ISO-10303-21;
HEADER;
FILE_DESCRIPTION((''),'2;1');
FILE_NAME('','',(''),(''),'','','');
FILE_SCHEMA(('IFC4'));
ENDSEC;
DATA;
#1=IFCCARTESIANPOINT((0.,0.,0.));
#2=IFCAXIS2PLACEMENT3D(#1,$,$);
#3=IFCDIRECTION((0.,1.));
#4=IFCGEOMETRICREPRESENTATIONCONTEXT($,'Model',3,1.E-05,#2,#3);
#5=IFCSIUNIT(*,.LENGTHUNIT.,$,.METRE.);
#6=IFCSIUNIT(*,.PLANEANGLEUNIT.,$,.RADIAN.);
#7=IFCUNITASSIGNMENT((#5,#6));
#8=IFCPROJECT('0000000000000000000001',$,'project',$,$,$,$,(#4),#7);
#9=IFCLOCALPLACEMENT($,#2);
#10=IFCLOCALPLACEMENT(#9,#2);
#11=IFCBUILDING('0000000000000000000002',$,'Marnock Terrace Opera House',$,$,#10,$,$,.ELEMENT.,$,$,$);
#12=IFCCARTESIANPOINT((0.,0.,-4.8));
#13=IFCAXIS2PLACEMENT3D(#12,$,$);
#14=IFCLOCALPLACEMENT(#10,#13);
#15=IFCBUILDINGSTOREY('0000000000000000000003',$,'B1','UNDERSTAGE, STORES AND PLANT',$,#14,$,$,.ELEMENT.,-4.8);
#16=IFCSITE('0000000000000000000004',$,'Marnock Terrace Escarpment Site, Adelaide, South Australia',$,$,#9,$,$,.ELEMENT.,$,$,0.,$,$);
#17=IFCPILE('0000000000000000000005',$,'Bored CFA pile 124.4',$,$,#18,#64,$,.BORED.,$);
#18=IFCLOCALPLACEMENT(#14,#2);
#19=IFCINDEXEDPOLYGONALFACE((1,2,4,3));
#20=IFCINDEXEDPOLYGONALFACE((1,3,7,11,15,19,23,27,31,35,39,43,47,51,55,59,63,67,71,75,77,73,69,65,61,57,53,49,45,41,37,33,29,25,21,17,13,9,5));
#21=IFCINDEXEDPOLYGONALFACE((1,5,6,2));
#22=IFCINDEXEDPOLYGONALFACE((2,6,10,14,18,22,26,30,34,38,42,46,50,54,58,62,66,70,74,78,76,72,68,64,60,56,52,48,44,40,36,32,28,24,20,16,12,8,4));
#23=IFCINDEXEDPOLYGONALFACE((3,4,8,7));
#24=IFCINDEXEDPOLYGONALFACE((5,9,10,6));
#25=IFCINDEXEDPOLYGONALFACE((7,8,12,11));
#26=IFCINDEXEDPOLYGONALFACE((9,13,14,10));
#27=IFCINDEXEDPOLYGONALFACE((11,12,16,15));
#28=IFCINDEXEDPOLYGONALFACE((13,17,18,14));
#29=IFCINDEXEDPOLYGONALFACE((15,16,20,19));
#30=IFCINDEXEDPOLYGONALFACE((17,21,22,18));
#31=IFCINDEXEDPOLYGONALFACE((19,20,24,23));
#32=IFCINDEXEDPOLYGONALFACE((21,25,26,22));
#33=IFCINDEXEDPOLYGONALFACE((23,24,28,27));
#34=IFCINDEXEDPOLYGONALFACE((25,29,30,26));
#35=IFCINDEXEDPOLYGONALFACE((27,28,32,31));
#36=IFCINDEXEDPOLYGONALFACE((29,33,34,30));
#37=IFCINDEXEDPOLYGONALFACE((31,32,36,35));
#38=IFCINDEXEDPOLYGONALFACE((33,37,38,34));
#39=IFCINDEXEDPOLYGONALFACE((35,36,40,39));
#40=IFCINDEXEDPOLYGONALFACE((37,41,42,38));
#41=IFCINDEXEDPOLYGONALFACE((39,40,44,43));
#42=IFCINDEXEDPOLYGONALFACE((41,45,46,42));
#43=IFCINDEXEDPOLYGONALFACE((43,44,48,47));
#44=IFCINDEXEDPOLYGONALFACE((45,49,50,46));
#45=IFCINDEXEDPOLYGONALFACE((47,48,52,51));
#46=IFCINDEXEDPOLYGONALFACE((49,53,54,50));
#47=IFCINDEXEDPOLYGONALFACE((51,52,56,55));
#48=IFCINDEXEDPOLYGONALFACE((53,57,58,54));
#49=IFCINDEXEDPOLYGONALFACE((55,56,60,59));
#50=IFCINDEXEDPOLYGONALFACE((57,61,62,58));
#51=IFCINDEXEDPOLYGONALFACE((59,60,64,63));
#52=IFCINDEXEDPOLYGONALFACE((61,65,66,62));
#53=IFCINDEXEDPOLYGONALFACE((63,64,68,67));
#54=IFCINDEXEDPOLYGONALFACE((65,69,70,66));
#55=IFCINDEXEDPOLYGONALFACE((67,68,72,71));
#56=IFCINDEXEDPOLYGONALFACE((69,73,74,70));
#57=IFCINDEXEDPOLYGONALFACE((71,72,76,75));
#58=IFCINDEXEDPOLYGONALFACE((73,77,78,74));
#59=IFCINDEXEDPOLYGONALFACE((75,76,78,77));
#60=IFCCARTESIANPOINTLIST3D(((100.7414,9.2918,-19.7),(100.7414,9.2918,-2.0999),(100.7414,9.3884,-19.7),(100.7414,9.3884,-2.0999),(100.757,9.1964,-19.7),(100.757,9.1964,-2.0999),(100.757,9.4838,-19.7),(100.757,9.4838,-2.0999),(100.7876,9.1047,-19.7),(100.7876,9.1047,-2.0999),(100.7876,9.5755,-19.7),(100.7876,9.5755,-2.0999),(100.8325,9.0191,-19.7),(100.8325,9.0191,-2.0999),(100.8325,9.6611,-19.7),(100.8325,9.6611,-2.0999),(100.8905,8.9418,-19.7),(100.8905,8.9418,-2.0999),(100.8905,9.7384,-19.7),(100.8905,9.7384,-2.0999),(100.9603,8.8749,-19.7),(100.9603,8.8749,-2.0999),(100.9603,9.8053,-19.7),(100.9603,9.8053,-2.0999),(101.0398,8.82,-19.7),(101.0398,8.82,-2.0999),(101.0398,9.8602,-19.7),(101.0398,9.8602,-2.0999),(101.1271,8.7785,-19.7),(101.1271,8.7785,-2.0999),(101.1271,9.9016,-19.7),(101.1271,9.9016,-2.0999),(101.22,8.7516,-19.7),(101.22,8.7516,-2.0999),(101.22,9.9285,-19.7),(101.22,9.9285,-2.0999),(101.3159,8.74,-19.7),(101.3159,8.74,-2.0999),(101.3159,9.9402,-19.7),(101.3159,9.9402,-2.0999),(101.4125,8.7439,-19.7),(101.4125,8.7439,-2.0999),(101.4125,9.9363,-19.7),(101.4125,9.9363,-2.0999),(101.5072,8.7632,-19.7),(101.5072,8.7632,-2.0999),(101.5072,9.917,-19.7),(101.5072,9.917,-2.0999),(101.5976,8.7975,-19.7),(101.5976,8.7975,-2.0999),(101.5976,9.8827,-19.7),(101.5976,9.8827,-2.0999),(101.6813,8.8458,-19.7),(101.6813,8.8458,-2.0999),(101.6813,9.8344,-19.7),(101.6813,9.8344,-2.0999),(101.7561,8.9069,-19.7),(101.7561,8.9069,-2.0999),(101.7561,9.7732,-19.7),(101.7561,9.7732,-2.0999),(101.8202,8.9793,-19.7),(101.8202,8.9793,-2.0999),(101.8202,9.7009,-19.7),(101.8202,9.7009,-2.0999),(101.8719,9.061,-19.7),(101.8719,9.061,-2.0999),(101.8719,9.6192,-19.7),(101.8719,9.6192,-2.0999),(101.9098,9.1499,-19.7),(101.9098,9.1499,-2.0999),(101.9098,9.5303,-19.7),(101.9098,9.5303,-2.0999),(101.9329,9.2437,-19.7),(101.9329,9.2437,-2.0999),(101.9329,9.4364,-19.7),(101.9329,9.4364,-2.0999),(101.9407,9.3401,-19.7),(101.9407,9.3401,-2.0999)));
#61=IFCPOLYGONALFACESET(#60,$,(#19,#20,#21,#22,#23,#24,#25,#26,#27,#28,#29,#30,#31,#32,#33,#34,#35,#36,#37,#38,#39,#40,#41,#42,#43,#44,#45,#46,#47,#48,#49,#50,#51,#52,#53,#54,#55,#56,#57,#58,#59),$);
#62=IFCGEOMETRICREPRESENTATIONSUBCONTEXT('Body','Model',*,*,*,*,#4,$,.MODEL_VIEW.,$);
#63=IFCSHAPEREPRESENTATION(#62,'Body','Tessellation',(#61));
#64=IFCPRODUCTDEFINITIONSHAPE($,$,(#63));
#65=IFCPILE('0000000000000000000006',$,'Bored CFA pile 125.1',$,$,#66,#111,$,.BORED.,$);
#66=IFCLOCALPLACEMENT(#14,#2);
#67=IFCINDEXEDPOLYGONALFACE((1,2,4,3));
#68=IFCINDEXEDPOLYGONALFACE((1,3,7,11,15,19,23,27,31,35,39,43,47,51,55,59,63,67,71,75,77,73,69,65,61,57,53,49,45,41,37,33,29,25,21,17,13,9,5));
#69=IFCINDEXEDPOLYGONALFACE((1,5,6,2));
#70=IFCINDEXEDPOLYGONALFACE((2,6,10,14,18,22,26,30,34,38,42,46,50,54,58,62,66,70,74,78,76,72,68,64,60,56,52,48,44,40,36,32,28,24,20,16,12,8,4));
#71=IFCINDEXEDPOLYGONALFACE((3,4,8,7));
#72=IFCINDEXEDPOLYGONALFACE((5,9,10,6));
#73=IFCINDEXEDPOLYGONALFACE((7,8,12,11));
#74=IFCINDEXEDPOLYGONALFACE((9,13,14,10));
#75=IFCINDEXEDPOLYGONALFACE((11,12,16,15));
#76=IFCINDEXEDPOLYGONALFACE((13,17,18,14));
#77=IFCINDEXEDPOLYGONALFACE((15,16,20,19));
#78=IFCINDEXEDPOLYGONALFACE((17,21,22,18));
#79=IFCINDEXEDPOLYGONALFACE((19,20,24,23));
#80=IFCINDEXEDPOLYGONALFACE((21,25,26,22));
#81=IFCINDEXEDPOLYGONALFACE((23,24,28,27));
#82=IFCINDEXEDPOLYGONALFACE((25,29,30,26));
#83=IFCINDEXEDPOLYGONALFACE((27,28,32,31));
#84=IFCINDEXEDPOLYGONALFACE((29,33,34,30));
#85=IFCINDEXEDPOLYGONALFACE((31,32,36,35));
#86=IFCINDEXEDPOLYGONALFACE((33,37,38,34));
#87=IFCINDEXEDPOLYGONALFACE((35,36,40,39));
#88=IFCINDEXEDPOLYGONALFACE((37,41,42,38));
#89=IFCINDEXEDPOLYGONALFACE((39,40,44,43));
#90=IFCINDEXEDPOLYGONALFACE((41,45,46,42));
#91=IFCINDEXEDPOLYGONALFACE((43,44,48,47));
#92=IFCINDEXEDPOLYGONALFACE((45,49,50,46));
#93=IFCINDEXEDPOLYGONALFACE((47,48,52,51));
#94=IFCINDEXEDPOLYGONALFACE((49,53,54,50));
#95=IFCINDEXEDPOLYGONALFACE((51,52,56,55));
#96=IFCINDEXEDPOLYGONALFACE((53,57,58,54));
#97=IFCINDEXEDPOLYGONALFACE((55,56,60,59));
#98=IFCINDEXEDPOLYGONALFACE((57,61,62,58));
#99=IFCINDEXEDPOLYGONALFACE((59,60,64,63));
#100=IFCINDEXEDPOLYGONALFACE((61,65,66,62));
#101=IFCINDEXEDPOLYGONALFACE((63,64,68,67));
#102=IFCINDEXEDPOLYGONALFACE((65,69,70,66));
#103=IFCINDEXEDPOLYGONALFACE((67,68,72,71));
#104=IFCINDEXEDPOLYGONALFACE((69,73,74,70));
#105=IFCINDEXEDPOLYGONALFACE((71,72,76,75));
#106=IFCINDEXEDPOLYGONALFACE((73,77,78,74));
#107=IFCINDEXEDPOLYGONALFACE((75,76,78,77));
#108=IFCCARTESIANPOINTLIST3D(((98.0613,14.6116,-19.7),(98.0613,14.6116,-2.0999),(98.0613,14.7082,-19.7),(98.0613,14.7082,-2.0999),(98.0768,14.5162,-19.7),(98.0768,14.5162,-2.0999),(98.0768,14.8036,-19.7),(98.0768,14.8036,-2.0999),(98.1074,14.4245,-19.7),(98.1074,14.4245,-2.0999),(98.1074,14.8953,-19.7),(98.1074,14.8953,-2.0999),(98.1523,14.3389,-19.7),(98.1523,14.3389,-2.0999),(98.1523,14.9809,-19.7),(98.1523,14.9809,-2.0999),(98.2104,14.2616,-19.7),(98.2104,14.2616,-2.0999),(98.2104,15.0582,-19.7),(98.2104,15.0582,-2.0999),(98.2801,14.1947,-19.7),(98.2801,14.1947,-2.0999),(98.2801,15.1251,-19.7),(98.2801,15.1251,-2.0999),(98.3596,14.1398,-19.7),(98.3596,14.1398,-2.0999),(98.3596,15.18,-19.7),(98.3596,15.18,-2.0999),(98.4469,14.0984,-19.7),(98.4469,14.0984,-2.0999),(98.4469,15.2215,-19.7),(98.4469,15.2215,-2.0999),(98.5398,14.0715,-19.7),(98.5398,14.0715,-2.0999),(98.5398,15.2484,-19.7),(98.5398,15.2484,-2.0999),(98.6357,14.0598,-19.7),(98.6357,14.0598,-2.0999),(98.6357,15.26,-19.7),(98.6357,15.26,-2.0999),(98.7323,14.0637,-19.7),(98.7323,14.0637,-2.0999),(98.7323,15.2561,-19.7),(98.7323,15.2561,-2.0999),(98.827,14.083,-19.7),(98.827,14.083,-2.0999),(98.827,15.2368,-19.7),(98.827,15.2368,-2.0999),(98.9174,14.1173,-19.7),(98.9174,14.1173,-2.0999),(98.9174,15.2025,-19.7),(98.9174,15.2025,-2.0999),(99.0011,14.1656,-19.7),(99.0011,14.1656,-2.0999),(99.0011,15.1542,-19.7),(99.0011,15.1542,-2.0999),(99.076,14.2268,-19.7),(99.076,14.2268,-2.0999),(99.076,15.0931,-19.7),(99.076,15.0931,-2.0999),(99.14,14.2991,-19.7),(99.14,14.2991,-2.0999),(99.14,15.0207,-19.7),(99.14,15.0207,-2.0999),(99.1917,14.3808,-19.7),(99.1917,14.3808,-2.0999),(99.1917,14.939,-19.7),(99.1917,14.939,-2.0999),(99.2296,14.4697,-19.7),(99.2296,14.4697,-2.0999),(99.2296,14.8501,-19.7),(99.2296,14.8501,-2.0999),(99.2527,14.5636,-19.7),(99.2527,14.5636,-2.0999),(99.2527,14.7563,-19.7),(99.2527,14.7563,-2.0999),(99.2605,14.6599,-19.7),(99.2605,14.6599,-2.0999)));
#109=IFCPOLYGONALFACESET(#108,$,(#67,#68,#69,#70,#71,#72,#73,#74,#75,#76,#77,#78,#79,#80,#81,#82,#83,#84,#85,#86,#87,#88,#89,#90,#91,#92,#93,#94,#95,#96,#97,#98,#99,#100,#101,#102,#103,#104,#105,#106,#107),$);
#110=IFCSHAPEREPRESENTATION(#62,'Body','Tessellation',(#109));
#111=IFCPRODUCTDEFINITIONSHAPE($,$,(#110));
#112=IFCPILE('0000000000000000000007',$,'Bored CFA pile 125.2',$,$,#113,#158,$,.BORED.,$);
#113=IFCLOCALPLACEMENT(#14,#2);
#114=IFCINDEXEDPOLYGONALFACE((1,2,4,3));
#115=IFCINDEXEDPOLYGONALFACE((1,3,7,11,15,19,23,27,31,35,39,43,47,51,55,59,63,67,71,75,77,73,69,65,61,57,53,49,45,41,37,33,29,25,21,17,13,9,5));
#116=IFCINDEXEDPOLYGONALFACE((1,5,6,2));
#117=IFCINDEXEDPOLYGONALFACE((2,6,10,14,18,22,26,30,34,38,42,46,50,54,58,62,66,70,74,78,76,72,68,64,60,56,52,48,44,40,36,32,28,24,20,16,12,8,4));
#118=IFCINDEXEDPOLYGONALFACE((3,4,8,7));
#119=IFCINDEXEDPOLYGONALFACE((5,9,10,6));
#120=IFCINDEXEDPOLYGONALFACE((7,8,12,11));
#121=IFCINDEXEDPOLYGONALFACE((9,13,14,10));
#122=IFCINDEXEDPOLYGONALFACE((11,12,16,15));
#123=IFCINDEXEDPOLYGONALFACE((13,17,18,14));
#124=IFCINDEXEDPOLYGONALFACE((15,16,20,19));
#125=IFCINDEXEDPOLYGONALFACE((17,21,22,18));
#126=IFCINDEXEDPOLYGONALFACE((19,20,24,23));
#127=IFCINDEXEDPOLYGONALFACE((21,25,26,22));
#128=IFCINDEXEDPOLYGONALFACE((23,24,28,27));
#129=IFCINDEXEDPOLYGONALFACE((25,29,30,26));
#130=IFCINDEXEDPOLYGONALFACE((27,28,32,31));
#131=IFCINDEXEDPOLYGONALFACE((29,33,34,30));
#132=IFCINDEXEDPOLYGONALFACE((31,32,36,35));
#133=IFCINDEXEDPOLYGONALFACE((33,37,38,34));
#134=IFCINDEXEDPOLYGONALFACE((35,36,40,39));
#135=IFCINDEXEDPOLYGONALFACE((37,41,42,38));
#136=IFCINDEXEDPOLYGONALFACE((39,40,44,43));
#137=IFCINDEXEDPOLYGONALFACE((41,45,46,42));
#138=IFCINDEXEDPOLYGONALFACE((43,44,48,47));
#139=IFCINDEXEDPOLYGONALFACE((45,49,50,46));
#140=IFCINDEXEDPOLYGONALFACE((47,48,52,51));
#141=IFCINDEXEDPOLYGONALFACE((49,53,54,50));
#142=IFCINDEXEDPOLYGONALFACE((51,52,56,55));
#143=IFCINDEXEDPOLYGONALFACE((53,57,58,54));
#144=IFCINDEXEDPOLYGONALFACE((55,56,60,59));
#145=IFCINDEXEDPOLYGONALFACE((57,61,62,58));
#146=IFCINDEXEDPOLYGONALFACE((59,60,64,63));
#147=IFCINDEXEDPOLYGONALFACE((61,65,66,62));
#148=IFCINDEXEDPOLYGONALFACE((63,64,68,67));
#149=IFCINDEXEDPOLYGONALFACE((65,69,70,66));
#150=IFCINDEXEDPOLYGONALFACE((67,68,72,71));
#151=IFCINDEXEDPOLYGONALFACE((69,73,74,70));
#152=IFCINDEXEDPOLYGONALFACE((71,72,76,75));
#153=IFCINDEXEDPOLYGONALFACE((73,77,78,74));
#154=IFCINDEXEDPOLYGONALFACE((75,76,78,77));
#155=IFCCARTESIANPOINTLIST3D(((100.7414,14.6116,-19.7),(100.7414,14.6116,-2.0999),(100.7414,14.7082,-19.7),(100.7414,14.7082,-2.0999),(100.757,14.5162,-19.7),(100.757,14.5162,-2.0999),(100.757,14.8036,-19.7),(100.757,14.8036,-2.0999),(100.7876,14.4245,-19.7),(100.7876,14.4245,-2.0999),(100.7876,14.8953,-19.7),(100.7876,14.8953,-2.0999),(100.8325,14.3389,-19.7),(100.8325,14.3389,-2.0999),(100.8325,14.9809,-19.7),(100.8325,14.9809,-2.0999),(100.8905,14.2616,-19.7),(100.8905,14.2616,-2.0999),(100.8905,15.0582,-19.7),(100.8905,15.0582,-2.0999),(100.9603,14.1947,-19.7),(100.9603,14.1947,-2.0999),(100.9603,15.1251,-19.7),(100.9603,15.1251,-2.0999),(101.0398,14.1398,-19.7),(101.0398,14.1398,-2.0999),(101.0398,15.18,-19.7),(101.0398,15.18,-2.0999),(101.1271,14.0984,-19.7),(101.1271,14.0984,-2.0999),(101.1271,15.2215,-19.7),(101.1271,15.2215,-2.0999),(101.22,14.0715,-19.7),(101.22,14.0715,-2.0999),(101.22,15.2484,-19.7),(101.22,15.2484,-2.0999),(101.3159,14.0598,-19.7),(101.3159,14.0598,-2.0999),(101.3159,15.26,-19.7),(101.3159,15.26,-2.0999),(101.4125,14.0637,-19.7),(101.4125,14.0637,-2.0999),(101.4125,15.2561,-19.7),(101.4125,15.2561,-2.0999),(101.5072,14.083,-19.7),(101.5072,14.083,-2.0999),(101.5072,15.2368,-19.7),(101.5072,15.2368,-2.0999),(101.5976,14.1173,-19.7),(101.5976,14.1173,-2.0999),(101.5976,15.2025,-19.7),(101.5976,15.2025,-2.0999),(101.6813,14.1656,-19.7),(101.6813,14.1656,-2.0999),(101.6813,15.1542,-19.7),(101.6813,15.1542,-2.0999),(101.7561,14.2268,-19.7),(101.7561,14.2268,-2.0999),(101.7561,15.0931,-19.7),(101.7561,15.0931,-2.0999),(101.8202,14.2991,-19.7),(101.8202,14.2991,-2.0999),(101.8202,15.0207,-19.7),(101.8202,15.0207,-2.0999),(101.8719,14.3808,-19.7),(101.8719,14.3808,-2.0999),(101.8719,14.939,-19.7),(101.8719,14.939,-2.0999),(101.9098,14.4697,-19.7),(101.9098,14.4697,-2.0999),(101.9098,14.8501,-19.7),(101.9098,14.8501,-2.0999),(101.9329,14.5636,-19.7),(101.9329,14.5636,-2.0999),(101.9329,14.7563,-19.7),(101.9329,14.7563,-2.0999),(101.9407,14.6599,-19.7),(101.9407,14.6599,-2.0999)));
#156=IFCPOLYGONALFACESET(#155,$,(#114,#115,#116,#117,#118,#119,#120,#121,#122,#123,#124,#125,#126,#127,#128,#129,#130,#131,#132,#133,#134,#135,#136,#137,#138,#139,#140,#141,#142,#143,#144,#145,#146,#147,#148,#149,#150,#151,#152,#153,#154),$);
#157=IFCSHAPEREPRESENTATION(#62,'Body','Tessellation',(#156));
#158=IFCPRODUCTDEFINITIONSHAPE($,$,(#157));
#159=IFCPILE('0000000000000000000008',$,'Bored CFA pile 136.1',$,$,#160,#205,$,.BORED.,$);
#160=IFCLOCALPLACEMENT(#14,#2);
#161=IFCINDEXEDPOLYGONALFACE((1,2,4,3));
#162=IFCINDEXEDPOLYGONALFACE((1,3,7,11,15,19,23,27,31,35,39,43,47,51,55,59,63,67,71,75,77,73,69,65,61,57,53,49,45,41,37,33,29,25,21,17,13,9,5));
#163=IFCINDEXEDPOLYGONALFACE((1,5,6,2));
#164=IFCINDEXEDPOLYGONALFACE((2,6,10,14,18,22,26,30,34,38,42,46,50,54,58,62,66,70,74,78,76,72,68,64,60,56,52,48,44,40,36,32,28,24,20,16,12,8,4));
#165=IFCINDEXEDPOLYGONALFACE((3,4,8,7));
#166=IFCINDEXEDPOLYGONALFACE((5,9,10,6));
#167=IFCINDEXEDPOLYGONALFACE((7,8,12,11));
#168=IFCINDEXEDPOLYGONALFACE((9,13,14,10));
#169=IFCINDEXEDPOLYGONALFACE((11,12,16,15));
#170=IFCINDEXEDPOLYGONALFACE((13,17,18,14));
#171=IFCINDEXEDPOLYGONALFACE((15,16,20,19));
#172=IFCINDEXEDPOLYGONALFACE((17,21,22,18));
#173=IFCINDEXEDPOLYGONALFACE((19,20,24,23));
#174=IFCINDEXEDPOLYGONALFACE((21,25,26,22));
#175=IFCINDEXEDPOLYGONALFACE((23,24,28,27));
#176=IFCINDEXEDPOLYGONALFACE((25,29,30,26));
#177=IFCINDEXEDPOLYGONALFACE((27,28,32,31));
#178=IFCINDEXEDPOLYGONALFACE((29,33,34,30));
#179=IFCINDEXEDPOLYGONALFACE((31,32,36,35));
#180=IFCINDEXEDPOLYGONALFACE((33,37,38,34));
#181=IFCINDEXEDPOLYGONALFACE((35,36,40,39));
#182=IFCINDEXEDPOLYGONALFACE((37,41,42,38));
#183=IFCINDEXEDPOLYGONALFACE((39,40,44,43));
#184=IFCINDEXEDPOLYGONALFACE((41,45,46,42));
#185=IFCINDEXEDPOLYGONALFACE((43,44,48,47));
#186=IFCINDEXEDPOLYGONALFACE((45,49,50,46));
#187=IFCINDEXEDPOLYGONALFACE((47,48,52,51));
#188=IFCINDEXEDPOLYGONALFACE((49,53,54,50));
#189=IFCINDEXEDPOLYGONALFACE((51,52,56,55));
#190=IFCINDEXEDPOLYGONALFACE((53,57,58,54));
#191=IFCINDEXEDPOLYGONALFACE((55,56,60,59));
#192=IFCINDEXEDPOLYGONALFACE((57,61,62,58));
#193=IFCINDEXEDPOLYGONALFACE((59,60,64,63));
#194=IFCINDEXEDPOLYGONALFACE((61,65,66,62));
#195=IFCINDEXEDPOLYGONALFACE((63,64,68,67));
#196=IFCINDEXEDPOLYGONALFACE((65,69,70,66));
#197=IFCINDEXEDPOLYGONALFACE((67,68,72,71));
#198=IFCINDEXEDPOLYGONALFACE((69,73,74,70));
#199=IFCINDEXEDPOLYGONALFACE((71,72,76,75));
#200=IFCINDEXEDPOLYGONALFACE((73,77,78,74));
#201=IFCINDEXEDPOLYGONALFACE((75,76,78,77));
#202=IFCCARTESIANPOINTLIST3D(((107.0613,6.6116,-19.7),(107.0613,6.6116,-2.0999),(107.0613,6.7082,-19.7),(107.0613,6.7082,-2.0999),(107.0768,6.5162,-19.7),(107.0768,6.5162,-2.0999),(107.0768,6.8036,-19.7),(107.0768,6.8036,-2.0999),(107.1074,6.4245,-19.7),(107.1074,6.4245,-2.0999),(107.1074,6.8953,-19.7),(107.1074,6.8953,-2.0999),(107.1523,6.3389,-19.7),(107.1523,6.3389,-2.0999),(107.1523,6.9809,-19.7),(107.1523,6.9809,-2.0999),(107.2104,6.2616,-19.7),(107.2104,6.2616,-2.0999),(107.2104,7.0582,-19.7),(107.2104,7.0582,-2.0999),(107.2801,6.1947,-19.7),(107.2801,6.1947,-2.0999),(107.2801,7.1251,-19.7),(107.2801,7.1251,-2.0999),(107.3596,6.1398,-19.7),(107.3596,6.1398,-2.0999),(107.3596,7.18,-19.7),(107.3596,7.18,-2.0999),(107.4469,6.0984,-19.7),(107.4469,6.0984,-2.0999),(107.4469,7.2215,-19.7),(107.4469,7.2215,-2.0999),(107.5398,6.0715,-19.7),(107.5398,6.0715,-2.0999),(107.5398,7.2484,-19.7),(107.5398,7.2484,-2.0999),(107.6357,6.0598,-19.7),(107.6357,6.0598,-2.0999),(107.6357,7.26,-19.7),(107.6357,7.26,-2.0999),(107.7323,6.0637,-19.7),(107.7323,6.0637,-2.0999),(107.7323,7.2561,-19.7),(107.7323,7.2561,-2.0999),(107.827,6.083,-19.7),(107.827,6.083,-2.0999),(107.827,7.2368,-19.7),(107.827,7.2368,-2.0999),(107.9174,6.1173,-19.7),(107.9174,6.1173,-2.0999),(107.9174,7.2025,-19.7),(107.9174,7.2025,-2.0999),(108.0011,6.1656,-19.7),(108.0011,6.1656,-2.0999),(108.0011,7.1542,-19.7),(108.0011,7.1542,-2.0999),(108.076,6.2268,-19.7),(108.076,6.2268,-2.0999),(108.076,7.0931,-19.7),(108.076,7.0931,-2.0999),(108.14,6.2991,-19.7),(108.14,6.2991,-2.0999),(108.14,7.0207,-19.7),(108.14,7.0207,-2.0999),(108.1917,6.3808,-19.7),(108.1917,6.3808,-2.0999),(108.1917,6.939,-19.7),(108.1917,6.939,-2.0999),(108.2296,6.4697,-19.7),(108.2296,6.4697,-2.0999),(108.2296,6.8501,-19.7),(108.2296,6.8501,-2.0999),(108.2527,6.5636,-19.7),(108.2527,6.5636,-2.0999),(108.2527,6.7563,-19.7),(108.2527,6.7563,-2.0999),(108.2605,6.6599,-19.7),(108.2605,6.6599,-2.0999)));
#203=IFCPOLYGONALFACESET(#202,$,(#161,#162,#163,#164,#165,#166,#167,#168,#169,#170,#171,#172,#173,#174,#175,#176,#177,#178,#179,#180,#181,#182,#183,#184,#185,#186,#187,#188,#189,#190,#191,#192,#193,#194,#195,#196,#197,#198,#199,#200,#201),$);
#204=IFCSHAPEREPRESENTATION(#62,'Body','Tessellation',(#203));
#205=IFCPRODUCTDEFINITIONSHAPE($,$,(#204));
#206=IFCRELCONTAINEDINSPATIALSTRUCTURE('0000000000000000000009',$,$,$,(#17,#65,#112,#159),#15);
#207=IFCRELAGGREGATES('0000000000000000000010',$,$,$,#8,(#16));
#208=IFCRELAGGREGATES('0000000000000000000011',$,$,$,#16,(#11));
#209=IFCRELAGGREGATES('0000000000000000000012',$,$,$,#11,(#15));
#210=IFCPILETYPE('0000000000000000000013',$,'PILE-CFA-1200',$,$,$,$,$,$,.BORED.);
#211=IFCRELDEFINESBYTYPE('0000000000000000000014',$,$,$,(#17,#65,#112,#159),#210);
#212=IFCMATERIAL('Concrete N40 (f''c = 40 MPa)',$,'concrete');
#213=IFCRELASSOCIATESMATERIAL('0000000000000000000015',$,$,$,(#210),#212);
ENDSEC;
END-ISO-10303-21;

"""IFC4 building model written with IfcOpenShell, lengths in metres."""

from ifc_helpers import new_model, si_unit, direction, frame, origin, origin_2d, place, context, subcontext, project, spatial, circle, extrude, material, material_profile, profile_set, type_object, element, save


model = new_model("IFC4")

# Units and contexts
model_context = context("Model", 3, precision=1e-05, world=origin(), true_north=direction((0.0, 1.0)))
body_context = subcontext(model_context, "Body", "Model", "MODEL_VIEW")
ifc_project = project(units=[si_unit("LENGTHUNIT", "METRE"), si_unit("PLANEANGLEUNIT", "RADIAN")], contexts=[model_context])

# Site, building, storey
site_placement = place(None, origin())
site = spatial("IfcSite", under=ifc_project, at=site_placement, Name="Marnock Terrace Escarpment Site, Adelaide, South Australia", CompositionType="ELEMENT", RefElevation=0.0)
building_placement = place(site_placement, origin())
building = spatial("IfcBuilding", under=site, at=building_placement, Name="Marnock Terrace Opera House", CompositionType="ELEMENT")
storey_placement = place(building_placement, frame((0.0, 0.0, -4.8)))
storey = spatial("IfcBuildingStorey", under=building, at=storey_placement, Name="B1", Description="UNDERSTAGE, STORES AND PLANT", CompositionType="ELEMENT", Elevation=-4.8)

# Shared definitions
ifc_material_1 = material(Name="Concrete N40 (f'c = 40 MPa)", Category="concrete")

# Piles
ifc_material_profile_1 = material_profile(ifc_material_1, circle(Radius=0.6006, at=origin_2d()))
ifc_profile_set_1 = profile_set([ifc_material_profile_1], Name="Concrete N40 (f'c = 40 MPa)")
pile_type = type_object("IfcPileType", Name="PILE-CFA-1200", PredefinedType="BORED", material=ifc_profile_set_1)
for number, where, z_axis, x_axis, name in (
    (1, (101.3401, 9.3401, -2.0999), (0.0, 0.0, -1.0), (1.0, 0.0, 0.0), "Bored CFA pile 124.4"),
    (2, (98.6599, 14.6599, -2.0999), (0.0, 0.0, -1.0), (1.0, 0.0, 0.0), "Bored CFA pile 125.1"),
    (3, (101.3401, 14.6599, -2.0999), (0.0, 0.0, -1.0), (1.0, 0.0, 0.0), "Bored CFA pile 125.2"),
    (4, (107.6599, 6.6599, -2.0999), (0.0, 0.0, -1.0), (1.0, 0.0, 0.0), "Bored CFA pile 136.1"),
):
    element("IfcPile", number, at=place(storey_placement, frame(where, z_axis=z_axis, x_axis=x_axis)), inside=storey, type_object=pile_type, Name=name, PredefinedType="BORED", context=body_context, shape_type="SweptSolid", body=[
        extrude(circle(Radius=0.6006, at=origin_2d()), origin(), (0.0, 0.0, 1.0), 17.6001),
    ])

save(model, "model.ifc")
